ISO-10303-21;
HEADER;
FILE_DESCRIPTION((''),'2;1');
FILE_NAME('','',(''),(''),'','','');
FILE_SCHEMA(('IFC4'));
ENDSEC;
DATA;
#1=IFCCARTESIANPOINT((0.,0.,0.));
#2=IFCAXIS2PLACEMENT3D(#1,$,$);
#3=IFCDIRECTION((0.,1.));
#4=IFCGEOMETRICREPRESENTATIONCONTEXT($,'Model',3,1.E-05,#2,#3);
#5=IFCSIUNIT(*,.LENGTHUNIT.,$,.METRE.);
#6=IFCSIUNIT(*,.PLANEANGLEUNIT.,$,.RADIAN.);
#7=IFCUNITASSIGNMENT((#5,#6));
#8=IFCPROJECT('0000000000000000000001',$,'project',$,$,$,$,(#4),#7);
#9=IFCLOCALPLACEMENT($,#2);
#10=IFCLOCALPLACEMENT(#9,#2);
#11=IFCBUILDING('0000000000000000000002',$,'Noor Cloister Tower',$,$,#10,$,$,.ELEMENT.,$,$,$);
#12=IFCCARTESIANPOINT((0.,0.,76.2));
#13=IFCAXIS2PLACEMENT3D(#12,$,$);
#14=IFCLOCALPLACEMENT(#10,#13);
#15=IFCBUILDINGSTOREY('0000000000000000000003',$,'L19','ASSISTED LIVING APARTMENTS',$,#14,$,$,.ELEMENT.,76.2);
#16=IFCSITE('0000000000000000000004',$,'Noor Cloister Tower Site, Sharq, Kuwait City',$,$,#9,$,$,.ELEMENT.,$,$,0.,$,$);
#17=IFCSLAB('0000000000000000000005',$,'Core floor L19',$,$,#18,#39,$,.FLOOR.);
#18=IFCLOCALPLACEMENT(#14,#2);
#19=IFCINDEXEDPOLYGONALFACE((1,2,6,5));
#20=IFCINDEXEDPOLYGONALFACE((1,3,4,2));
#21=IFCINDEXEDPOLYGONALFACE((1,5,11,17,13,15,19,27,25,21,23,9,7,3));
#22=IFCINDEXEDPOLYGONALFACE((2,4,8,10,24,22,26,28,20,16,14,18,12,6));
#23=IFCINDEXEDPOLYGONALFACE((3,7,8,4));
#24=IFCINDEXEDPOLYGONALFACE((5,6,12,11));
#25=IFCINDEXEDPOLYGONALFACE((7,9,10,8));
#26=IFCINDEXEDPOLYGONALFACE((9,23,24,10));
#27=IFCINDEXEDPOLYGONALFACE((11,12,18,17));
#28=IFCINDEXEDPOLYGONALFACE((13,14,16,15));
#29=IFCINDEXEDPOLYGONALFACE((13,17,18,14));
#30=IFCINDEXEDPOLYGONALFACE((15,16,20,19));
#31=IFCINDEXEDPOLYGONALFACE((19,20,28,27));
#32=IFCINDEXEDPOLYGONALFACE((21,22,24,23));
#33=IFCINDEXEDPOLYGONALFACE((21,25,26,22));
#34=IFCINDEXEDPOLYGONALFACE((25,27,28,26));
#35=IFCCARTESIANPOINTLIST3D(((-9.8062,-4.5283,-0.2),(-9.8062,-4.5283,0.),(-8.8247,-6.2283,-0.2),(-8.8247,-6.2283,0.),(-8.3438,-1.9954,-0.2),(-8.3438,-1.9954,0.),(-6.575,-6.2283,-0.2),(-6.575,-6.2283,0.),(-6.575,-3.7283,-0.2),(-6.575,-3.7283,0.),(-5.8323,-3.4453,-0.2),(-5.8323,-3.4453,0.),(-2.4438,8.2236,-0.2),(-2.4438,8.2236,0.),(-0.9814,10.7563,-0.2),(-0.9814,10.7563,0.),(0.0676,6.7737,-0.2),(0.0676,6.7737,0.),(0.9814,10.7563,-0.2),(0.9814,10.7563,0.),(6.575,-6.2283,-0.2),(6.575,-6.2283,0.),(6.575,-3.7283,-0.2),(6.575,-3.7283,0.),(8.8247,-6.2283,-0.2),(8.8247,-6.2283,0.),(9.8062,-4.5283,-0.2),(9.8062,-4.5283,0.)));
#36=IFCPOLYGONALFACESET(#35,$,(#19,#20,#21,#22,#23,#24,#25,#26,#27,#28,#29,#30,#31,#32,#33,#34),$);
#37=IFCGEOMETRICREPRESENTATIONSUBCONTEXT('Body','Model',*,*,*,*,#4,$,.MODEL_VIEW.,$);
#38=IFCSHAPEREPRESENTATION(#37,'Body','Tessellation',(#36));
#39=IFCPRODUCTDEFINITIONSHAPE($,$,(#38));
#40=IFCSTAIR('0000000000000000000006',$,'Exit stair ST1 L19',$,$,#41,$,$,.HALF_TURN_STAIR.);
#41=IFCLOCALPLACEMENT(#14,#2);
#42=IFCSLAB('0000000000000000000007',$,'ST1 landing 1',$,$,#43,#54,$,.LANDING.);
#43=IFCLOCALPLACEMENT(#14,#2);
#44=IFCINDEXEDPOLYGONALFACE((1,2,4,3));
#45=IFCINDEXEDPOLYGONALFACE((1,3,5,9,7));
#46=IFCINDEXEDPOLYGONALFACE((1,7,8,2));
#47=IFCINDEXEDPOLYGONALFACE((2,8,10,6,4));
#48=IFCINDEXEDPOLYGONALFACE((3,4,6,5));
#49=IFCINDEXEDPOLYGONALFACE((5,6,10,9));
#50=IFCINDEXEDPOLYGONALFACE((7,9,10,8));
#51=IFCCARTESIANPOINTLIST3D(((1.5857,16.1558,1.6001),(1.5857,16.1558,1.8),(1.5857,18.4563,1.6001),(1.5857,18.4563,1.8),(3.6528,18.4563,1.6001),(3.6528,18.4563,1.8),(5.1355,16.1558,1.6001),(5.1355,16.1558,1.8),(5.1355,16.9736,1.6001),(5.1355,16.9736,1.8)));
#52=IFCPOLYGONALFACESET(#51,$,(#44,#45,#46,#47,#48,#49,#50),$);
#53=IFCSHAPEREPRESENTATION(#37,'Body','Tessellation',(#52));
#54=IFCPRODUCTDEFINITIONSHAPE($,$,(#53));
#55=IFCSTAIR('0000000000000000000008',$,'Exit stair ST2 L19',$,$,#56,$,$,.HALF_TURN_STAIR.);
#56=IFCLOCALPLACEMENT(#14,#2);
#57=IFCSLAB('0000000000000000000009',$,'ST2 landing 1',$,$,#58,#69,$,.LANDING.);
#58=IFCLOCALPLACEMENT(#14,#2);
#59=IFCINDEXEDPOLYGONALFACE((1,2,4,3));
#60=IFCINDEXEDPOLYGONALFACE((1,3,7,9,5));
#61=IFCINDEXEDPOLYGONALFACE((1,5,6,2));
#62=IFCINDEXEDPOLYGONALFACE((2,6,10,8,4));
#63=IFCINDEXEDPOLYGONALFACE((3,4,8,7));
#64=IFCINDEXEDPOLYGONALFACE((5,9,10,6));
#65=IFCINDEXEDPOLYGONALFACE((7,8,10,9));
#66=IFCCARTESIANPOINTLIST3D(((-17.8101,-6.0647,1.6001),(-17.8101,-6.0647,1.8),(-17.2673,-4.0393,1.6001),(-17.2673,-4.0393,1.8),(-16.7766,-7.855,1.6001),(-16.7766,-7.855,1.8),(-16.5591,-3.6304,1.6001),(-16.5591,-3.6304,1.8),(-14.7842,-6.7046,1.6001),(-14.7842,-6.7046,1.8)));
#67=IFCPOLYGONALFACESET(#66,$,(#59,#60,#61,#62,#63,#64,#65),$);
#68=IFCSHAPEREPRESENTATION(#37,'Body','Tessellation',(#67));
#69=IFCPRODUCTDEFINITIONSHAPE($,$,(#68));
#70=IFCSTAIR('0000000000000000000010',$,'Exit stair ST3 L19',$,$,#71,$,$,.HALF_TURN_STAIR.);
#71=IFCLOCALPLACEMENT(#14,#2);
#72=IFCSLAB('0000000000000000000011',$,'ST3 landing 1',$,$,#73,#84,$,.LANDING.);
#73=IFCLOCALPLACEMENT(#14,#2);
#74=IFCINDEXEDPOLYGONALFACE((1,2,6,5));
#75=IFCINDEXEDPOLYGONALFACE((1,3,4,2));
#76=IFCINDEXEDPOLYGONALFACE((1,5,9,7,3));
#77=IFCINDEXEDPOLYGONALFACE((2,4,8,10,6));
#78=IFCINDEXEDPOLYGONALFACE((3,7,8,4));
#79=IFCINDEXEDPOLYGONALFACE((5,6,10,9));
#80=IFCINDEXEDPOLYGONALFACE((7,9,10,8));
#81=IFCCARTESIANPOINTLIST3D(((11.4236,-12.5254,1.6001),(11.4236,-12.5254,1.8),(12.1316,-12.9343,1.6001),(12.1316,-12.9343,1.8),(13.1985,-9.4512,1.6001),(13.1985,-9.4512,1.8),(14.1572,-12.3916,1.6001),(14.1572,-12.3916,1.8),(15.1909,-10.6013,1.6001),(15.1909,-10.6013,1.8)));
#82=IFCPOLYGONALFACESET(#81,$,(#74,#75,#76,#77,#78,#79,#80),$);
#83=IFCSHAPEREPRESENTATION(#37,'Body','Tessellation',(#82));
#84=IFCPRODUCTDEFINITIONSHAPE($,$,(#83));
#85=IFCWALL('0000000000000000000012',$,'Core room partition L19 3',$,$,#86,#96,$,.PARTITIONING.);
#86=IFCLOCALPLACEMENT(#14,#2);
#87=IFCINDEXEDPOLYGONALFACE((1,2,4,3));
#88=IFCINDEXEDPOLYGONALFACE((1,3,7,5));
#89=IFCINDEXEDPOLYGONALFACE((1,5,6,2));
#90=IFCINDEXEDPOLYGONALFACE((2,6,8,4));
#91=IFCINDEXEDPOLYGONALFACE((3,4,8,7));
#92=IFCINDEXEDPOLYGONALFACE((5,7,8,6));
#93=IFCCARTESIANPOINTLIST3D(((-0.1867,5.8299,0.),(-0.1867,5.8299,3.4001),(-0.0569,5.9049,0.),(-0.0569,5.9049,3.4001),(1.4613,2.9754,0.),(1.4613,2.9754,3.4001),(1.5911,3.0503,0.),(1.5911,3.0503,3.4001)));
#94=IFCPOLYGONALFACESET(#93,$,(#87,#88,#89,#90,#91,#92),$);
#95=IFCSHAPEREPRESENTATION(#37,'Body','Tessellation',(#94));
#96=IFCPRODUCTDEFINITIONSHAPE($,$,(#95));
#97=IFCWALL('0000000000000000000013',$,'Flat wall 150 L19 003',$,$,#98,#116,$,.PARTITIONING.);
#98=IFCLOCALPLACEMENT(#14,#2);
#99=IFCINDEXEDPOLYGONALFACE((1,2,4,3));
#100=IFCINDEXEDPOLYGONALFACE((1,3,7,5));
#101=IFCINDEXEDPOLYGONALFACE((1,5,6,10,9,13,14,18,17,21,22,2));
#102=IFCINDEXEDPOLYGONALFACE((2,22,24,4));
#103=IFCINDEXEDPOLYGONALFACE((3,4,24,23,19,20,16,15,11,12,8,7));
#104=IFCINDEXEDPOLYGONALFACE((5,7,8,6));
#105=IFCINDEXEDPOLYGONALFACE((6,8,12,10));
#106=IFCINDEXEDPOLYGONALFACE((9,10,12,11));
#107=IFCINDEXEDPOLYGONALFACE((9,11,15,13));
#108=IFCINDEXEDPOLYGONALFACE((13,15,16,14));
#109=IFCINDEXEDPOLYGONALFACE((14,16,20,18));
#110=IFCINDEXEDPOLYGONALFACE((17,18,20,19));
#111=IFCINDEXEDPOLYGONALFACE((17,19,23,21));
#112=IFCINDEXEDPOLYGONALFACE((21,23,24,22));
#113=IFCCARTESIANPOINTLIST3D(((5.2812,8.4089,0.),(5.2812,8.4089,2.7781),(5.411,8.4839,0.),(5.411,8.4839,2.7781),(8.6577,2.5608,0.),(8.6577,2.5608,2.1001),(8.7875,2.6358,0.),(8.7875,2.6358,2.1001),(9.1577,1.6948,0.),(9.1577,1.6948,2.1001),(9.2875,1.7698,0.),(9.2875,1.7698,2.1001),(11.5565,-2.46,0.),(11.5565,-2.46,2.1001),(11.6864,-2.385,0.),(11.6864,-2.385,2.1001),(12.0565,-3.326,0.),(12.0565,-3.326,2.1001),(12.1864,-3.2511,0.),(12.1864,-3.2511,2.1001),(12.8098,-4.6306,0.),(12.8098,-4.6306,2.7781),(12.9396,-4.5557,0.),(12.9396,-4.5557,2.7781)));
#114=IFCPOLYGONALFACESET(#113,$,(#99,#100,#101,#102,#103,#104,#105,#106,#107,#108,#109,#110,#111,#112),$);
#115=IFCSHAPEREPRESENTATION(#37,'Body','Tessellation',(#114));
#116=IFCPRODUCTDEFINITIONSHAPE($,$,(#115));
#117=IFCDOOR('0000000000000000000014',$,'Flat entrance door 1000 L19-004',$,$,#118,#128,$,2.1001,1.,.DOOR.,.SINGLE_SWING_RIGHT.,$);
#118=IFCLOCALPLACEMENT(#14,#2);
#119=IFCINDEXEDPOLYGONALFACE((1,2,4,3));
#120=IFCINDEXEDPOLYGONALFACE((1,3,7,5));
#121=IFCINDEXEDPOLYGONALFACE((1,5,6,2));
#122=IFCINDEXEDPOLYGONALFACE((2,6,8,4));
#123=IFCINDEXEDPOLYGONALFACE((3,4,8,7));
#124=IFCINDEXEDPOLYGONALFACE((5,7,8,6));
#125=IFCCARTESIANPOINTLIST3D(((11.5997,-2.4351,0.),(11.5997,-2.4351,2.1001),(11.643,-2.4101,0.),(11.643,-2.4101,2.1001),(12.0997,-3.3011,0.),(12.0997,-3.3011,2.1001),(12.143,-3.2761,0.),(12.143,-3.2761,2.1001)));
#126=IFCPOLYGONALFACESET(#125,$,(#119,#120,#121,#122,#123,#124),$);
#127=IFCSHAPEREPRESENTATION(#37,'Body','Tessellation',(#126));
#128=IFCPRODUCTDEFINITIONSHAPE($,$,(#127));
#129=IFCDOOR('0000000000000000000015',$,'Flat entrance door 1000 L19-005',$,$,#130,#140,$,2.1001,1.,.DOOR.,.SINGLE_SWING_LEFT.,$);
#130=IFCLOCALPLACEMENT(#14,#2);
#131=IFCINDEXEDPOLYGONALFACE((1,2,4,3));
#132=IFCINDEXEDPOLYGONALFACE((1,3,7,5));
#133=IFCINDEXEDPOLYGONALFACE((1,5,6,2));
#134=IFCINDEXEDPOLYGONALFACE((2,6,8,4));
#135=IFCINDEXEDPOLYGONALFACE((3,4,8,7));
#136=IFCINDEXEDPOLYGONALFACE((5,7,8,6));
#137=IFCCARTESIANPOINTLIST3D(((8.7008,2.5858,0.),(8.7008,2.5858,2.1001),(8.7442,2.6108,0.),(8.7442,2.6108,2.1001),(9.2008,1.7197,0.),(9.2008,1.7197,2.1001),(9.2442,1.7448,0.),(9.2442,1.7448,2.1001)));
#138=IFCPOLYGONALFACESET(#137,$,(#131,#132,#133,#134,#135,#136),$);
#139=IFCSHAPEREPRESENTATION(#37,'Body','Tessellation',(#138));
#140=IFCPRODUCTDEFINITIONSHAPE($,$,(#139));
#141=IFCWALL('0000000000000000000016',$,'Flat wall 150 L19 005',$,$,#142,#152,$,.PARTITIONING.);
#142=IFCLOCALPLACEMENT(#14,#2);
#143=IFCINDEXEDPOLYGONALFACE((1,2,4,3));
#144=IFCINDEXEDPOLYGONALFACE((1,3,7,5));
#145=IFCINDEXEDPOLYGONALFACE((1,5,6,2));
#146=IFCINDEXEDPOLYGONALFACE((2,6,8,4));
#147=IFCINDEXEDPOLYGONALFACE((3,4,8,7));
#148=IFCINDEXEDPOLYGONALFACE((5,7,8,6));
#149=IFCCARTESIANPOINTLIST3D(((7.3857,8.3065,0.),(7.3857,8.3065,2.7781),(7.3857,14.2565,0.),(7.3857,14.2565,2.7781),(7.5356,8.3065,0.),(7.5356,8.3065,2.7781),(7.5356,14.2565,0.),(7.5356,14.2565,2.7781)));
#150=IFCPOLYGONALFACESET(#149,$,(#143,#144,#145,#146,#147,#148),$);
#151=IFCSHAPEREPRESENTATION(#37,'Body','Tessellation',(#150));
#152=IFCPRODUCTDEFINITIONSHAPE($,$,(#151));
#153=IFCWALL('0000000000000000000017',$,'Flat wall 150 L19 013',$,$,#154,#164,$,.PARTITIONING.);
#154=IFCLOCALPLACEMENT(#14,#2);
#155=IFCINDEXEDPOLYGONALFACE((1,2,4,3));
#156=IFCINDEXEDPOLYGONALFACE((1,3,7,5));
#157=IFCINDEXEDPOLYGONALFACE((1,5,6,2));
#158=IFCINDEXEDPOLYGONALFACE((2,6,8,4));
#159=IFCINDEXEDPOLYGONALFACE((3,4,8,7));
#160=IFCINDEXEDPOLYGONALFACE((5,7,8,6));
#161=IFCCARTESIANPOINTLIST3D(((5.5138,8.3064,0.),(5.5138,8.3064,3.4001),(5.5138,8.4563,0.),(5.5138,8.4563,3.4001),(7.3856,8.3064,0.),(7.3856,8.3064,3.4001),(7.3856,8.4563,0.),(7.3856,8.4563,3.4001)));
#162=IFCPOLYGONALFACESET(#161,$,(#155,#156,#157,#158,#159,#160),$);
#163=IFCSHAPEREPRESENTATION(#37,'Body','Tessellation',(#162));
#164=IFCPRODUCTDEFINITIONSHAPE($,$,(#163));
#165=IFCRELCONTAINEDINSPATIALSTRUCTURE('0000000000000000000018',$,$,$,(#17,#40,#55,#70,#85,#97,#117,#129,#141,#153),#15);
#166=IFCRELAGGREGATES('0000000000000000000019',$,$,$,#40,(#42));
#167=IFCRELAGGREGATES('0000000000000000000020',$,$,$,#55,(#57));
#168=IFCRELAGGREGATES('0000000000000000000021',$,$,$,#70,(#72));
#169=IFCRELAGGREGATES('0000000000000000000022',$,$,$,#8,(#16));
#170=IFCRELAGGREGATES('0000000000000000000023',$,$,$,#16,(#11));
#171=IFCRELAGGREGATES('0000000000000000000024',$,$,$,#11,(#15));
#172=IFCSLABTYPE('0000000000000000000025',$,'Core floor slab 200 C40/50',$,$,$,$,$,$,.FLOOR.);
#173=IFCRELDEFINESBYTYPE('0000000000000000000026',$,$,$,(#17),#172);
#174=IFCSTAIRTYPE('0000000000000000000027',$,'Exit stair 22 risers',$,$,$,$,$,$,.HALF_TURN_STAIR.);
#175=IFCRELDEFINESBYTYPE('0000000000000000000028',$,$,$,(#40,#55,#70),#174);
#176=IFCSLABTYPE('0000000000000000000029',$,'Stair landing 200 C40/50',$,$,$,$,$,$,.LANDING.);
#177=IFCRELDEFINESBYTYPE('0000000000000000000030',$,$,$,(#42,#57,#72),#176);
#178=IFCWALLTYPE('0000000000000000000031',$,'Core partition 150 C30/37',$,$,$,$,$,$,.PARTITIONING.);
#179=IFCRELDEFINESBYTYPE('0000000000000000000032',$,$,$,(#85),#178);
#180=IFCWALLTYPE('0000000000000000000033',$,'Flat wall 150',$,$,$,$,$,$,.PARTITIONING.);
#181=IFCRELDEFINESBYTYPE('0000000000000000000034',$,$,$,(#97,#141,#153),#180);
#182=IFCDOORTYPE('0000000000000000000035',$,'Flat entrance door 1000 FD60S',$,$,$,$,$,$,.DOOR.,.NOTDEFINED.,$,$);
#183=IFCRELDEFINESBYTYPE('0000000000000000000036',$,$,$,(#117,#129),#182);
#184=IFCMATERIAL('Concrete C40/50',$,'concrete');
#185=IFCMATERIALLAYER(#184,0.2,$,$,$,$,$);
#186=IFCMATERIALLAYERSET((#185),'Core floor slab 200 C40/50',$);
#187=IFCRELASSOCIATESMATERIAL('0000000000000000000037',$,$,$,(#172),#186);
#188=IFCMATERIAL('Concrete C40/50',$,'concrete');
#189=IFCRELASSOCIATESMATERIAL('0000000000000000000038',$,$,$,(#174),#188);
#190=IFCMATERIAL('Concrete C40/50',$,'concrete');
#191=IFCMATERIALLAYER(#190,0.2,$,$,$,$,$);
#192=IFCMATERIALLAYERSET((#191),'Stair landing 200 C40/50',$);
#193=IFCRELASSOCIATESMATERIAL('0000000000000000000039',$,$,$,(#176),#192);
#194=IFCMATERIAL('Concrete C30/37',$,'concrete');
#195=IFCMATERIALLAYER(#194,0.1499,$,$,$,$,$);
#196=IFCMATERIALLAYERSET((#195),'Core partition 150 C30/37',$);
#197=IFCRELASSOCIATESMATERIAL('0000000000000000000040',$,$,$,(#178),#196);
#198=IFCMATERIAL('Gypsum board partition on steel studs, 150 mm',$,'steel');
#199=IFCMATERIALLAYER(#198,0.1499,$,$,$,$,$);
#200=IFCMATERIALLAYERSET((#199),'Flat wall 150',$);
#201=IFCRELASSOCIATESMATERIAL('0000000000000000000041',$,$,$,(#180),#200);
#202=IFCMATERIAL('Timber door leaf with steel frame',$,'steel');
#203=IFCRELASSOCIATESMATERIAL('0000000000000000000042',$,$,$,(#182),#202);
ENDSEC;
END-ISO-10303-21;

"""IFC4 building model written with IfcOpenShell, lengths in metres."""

from ifc_helpers import new_model, si_unit, direction, frame, frame_2d, origin, place, context, subcontext, project, spatial, polyline, rectangle, outline, extrude, material, layer, layer_set, type_object, element, fill, aggregate, save


model = new_model("IFC4")

# Units and contexts
model_context = context("Model", 3, precision=1e-05, world=origin(), true_north=direction((0.0, 1.0)))
body_context = subcontext(model_context, "Body", "Model", "MODEL_VIEW")
ifc_project = project(units=[si_unit("LENGTHUNIT", "METRE"), si_unit("PLANEANGLEUNIT", "RADIAN")], contexts=[model_context])

# Site, building, storey
site_placement = place(None, origin())
site = spatial("IfcSite", under=ifc_project, at=site_placement, Name="Noor Cloister Tower Site, Sharq, Kuwait City", CompositionType="ELEMENT", RefElevation=0.0)
building_placement = place(site_placement, origin())
building = spatial("IfcBuilding", under=site, at=building_placement, Name="Noor Cloister Tower", CompositionType="ELEMENT")
storey_placement = place(building_placement, frame((0.0, 0.0, 76.2)))
storey = spatial("IfcBuildingStorey", under=building, at=storey_placement, Name="L19", Description="ASSISTED LIVING APARTMENTS", CompositionType="ELEMENT", Elevation=76.2)

# Slab
ifc_material_1 = material(Name="Concrete C40/50", Category="concrete")
ifc_layer_1 = layer(ifc_material_1, 0.2)
ifc_layer_set_1 = layer_set([ifc_layer_1], Name="Core floor slab 200 C40/50")
slab_type_1 = type_object("IfcSlabType", Name="Core floor slab 200 C40/50", PredefinedType="FLOOR", material=ifc_layer_set_1)
slab_1_placement = place(storey_placement, frame((0.0, 0.0, -0.2)))
element("IfcSlab", 1, at=slab_1_placement, inside=storey, type_object=slab_type_1, Name="Core floor L19", PredefinedType="FLOOR", context=body_context, shape_type="SweptSolid", body=[
    extrude(outline(polyline([(-6.575, -6.2283), (-6.575, -3.7283), (6.575, -3.7283), (6.575, -6.2283), (8.8247, -6.2283), (9.8062, -4.5283), (0.9814, 10.7563), (-0.9814, 10.7563), (-2.4438, 8.2236), (0.0676, 6.7737), (-5.8323, -3.4453), (-8.3438, -1.9954), (-9.8062, -4.5283), (-8.8247, -6.2283), (-6.575, -6.2283)])), origin(), (0.0, 0.0, 1.0), 0.2),
])

# Stairs, slabs
ifc_material_2 = material(Name="Concrete C40/50", Category="concrete")
stair_type = type_object("IfcStairType", Name="Exit stair 22 risers", PredefinedType="HALF_TURN_STAIR", material=ifc_material_2)
stair_1_placement = place(storey_placement, origin())
stair_1 = element("IfcStair", 2, at=stair_1_placement, inside=storey, type_object=stair_type, Name="Exit stair ST1 L19", PredefinedType="HALF_TURN_STAIR")
ifc_material_3 = material(Name="Concrete C40/50", Category="concrete")
ifc_layer_2 = layer(ifc_material_3, 0.2)
ifc_layer_set_2 = layer_set([ifc_layer_2], Name="Stair landing 200 C40/50")
slab_type_2 = type_object("IfcSlabType", Name="Stair landing 200 C40/50", PredefinedType="LANDING", material=ifc_layer_set_2)
slab_2_placement = place(storey_placement, frame((0.0, 0.0, 1.6001)))
slab_2 = element("IfcSlab", 3, at=slab_2_placement, type_object=slab_type_2, Name="ST1 landing 1", PredefinedType="LANDING", context=body_context, shape_type="SweptSolid", body=[
    extrude(outline(polyline([(5.1355, 16.1558), (5.1355, 16.9736), (3.6528, 18.4563), (1.5857, 18.4563), (1.5857, 16.1558), (5.1355, 16.1558)])), origin(), (0.0, 0.0, 1.0), 0.2),
])
aggregate(stair_1, [slab_2])
stair_2_placement = place(storey_placement, origin())
stair_2 = element("IfcStair", 4, at=stair_2_placement, inside=storey, type_object=stair_type, Name="Exit stair ST2 L19", PredefinedType="HALF_TURN_STAIR")
slab_3_placement = place(storey_placement, frame((0.0, 0.0, 1.6001)))
slab_3 = element("IfcSlab", 5, at=slab_3_placement, type_object=slab_type_2, Name="ST2 landing 1", PredefinedType="LANDING", context=body_context, shape_type="SweptSolid", body=[
    extrude(outline(polyline([(-16.5591, -3.6304), (-17.2673, -4.0393), (-17.8101, -6.0647), (-16.7766, -7.855), (-14.7842, -6.7046), (-16.5591, -3.6304)])), origin(), (0.0, 0.0, 1.0), 0.2),
])
aggregate(stair_2, [slab_3])
stair_3_placement = place(storey_placement, origin())
stair_3 = element("IfcStair", 6, at=stair_3_placement, inside=storey, type_object=stair_type, Name="Exit stair ST3 L19", PredefinedType="HALF_TURN_STAIR")
slab_4_placement = place(storey_placement, frame((0.0, 0.0, 1.6001)))
slab_4 = element("IfcSlab", 7, at=slab_4_placement, type_object=slab_type_2, Name="ST3 landing 1", PredefinedType="LANDING", context=body_context, shape_type="SweptSolid", body=[
    extrude(outline(polyline([(11.4236, -12.5254), (12.1316, -12.9343), (14.1572, -12.3916), (15.1909, -10.6013), (13.1985, -9.4512), (11.4236, -12.5254)])), origin(), (0.0, 0.0, 1.0), 0.2),
])
aggregate(stair_3, [slab_4])

# Wall
ifc_material_4 = material(Name="Concrete C30/37", Category="concrete")
ifc_layer_3 = layer(ifc_material_4, 0.1499)
ifc_layer_set_3 = layer_set([ifc_layer_3], Name="Core partition 150 C30/37")
wall_type_1 = type_object("IfcWallType", Name="Core partition 150 C30/37", PredefinedType="PARTITIONING", material=ifc_layer_set_3)
wall_1_placement = place(storey_placement, frame((1.5261, 3.0129, 0.0), z_axis=(0.0, 0.0, 1.0), x_axis=(-0.499979, 0.866038, 0.0)))
element("IfcWall", 8, at=wall_1_placement, inside=storey, type_object=wall_type_1, Name="Core room partition L19 3", PredefinedType="PARTITIONING", context=body_context, shape_type="SweptSolid", body=[
    extrude(rectangle(XDim=3.2961, YDim=0.1499, at=frame_2d((1.6479, 0.0))), origin(), (0.0, 0.0, 1.0), 3.4001),
])

# Wall, openings, doors
ifc_material_5 = material(Name="Gypsum board partition on steel studs, 150 mm", Category="steel")
ifc_layer_4 = layer(ifc_material_5, 0.1499)
ifc_layer_set_4 = layer_set([ifc_layer_4], Name="Flat wall 150")
wall_type_2 = type_object("IfcWallType", Name="Flat wall 150", PredefinedType="PARTITIONING", material=ifc_layer_set_4)
wall_2_placement = place(storey_placement, frame((5.3462, 8.4463, 0.0), z_axis=(0.0, 0.0, 1.0), x_axis=(0.500009, -0.86602, 0.0)))
wall_2 = element("IfcWall", 9, at=wall_2_placement, inside=storey, type_object=wall_type_2, Name="Flat wall 150 L19 003", PredefinedType="PARTITIONING", context=body_context, shape_type="SweptSolid", body=[
    extrude(rectangle(XDim=15.0569, YDim=0.1499, at=frame_2d((7.5283, 0.0))), origin(), (0.0, 0.0, 1.0), 2.7781),
])
opening_1_placement = place(wall_2_placement, frame((12.5503, 0.0, 0.0)))
opening_1 = element("IfcOpeningElement", 10, at=opening_1_placement, cuts=wall_2, PredefinedType="OPENING", context=body_context, shape_type="SweptSolid", body=[
    extrude(rectangle(XDim=1.0, YDim=2.1001, at=frame_2d((0.5, 1.05))), frame((0.0, 0.085, 0.0), z_axis=(0.0, -1.0, 0.0), x_axis=(1.0, 0.0, 0.0)), (0.0, 0.0, 1.0), 0.1699),
])
opening_2_placement = place(wall_2_placement, frame((6.7527, 0.0, 0.0)))
opening_2 = element("IfcOpeningElement", 11, at=opening_2_placement, cuts=wall_2, PredefinedType="OPENING", context=body_context, shape_type="SweptSolid", body=[
    extrude(rectangle(XDim=1.0, YDim=2.1001, at=frame_2d((0.5, 1.05))), frame((0.0, 0.085, 0.0), z_axis=(0.0, -1.0, 0.0), x_axis=(1.0, 0.0, 0.0)), (0.0, 0.0, 1.0), 0.1699),
])
ifc_material_6 = material(Name="Timber door leaf with steel frame", Category="steel")
door_type_1 = type_object("IfcDoorType", Name="Flat entrance door 1000 FD60S", OperationType="NOTDEFINED", PredefinedType="DOOR", material=ifc_material_6)
door_1_placement = place(opening_1_placement, origin())
door_1 = element("IfcDoor", 12, at=door_1_placement, inside=storey, type_object=door_type_1, Name="Flat entrance door 1000 L19-004", OperationType="SINGLE_SWING_RIGHT", OverallHeight=2.1001, OverallWidth=1.0, PredefinedType="DOOR", context=body_context, shape_type="SweptSolid", body=[
    extrude(rectangle(XDim=1.0, YDim=2.1001, at=frame_2d((0.5, 1.05))), frame((0.0, 0.0249, 0.0), z_axis=(0.0, -1.0, 0.0), x_axis=(1.0, 0.0, 0.0)), (0.0, 0.0, 1.0), 0.05),
])
fill(opening_1, door_1)
door_2_placement = place(opening_2_placement, origin())
door_2 = element("IfcDoor", 13, at=door_2_placement, inside=storey, type_object=door_type_1, Name="Flat entrance door 1000 L19-005", OperationType="SINGLE_SWING_LEFT", OverallHeight=2.1001, OverallWidth=1.0, PredefinedType="DOOR", context=body_context, shape_type="SweptSolid", body=[
    extrude(rectangle(XDim=1.0, YDim=2.1001, at=frame_2d((0.5, 1.05))), frame((0.0, 0.0249, 0.0), z_axis=(0.0, -1.0, 0.0), x_axis=(1.0, 0.0, 0.0)), (0.0, 0.0, 1.0), 0.05),
])
fill(opening_2, door_2)

# Walls
wall_3_placement = place(storey_placement, frame((7.4607, 8.3064, 0.0), z_axis=(0.0, 0.0, 1.0), x_axis=(0.0, 1.0, 0.0)))
element("IfcWall", 14, at=wall_3_placement, inside=storey, type_object=wall_type_2, Name="Flat wall 150 L19 005", PredefinedType="PARTITIONING", context=body_context, shape_type="SweptSolid", body=[
    extrude(rectangle(XDim=5.95, YDim=0.1499, at=frame_2d((2.9751, 0.0))), origin(), (0.0, 0.0, 1.0), 2.7781),
])
wall_4_placement = place(storey_placement, frame((5.5137, 8.3813, 0.0), z_axis=(0.0, 0.0, 1.0), x_axis=(1.0, 0.0, 0.0)))
element("IfcWall", 15, at=wall_4_placement, inside=storey, type_object=wall_type_2, Name="Flat wall 150 L19 013", PredefinedType="PARTITIONING", context=body_context, shape_type="SweptSolid", body=[
    extrude(rectangle(XDim=1.8718, YDim=0.1499, at=frame_2d((0.936, 0.0))), origin(), (0.0, 0.0, 1.0), 3.4001),
])

save(model, "model.ifc")
